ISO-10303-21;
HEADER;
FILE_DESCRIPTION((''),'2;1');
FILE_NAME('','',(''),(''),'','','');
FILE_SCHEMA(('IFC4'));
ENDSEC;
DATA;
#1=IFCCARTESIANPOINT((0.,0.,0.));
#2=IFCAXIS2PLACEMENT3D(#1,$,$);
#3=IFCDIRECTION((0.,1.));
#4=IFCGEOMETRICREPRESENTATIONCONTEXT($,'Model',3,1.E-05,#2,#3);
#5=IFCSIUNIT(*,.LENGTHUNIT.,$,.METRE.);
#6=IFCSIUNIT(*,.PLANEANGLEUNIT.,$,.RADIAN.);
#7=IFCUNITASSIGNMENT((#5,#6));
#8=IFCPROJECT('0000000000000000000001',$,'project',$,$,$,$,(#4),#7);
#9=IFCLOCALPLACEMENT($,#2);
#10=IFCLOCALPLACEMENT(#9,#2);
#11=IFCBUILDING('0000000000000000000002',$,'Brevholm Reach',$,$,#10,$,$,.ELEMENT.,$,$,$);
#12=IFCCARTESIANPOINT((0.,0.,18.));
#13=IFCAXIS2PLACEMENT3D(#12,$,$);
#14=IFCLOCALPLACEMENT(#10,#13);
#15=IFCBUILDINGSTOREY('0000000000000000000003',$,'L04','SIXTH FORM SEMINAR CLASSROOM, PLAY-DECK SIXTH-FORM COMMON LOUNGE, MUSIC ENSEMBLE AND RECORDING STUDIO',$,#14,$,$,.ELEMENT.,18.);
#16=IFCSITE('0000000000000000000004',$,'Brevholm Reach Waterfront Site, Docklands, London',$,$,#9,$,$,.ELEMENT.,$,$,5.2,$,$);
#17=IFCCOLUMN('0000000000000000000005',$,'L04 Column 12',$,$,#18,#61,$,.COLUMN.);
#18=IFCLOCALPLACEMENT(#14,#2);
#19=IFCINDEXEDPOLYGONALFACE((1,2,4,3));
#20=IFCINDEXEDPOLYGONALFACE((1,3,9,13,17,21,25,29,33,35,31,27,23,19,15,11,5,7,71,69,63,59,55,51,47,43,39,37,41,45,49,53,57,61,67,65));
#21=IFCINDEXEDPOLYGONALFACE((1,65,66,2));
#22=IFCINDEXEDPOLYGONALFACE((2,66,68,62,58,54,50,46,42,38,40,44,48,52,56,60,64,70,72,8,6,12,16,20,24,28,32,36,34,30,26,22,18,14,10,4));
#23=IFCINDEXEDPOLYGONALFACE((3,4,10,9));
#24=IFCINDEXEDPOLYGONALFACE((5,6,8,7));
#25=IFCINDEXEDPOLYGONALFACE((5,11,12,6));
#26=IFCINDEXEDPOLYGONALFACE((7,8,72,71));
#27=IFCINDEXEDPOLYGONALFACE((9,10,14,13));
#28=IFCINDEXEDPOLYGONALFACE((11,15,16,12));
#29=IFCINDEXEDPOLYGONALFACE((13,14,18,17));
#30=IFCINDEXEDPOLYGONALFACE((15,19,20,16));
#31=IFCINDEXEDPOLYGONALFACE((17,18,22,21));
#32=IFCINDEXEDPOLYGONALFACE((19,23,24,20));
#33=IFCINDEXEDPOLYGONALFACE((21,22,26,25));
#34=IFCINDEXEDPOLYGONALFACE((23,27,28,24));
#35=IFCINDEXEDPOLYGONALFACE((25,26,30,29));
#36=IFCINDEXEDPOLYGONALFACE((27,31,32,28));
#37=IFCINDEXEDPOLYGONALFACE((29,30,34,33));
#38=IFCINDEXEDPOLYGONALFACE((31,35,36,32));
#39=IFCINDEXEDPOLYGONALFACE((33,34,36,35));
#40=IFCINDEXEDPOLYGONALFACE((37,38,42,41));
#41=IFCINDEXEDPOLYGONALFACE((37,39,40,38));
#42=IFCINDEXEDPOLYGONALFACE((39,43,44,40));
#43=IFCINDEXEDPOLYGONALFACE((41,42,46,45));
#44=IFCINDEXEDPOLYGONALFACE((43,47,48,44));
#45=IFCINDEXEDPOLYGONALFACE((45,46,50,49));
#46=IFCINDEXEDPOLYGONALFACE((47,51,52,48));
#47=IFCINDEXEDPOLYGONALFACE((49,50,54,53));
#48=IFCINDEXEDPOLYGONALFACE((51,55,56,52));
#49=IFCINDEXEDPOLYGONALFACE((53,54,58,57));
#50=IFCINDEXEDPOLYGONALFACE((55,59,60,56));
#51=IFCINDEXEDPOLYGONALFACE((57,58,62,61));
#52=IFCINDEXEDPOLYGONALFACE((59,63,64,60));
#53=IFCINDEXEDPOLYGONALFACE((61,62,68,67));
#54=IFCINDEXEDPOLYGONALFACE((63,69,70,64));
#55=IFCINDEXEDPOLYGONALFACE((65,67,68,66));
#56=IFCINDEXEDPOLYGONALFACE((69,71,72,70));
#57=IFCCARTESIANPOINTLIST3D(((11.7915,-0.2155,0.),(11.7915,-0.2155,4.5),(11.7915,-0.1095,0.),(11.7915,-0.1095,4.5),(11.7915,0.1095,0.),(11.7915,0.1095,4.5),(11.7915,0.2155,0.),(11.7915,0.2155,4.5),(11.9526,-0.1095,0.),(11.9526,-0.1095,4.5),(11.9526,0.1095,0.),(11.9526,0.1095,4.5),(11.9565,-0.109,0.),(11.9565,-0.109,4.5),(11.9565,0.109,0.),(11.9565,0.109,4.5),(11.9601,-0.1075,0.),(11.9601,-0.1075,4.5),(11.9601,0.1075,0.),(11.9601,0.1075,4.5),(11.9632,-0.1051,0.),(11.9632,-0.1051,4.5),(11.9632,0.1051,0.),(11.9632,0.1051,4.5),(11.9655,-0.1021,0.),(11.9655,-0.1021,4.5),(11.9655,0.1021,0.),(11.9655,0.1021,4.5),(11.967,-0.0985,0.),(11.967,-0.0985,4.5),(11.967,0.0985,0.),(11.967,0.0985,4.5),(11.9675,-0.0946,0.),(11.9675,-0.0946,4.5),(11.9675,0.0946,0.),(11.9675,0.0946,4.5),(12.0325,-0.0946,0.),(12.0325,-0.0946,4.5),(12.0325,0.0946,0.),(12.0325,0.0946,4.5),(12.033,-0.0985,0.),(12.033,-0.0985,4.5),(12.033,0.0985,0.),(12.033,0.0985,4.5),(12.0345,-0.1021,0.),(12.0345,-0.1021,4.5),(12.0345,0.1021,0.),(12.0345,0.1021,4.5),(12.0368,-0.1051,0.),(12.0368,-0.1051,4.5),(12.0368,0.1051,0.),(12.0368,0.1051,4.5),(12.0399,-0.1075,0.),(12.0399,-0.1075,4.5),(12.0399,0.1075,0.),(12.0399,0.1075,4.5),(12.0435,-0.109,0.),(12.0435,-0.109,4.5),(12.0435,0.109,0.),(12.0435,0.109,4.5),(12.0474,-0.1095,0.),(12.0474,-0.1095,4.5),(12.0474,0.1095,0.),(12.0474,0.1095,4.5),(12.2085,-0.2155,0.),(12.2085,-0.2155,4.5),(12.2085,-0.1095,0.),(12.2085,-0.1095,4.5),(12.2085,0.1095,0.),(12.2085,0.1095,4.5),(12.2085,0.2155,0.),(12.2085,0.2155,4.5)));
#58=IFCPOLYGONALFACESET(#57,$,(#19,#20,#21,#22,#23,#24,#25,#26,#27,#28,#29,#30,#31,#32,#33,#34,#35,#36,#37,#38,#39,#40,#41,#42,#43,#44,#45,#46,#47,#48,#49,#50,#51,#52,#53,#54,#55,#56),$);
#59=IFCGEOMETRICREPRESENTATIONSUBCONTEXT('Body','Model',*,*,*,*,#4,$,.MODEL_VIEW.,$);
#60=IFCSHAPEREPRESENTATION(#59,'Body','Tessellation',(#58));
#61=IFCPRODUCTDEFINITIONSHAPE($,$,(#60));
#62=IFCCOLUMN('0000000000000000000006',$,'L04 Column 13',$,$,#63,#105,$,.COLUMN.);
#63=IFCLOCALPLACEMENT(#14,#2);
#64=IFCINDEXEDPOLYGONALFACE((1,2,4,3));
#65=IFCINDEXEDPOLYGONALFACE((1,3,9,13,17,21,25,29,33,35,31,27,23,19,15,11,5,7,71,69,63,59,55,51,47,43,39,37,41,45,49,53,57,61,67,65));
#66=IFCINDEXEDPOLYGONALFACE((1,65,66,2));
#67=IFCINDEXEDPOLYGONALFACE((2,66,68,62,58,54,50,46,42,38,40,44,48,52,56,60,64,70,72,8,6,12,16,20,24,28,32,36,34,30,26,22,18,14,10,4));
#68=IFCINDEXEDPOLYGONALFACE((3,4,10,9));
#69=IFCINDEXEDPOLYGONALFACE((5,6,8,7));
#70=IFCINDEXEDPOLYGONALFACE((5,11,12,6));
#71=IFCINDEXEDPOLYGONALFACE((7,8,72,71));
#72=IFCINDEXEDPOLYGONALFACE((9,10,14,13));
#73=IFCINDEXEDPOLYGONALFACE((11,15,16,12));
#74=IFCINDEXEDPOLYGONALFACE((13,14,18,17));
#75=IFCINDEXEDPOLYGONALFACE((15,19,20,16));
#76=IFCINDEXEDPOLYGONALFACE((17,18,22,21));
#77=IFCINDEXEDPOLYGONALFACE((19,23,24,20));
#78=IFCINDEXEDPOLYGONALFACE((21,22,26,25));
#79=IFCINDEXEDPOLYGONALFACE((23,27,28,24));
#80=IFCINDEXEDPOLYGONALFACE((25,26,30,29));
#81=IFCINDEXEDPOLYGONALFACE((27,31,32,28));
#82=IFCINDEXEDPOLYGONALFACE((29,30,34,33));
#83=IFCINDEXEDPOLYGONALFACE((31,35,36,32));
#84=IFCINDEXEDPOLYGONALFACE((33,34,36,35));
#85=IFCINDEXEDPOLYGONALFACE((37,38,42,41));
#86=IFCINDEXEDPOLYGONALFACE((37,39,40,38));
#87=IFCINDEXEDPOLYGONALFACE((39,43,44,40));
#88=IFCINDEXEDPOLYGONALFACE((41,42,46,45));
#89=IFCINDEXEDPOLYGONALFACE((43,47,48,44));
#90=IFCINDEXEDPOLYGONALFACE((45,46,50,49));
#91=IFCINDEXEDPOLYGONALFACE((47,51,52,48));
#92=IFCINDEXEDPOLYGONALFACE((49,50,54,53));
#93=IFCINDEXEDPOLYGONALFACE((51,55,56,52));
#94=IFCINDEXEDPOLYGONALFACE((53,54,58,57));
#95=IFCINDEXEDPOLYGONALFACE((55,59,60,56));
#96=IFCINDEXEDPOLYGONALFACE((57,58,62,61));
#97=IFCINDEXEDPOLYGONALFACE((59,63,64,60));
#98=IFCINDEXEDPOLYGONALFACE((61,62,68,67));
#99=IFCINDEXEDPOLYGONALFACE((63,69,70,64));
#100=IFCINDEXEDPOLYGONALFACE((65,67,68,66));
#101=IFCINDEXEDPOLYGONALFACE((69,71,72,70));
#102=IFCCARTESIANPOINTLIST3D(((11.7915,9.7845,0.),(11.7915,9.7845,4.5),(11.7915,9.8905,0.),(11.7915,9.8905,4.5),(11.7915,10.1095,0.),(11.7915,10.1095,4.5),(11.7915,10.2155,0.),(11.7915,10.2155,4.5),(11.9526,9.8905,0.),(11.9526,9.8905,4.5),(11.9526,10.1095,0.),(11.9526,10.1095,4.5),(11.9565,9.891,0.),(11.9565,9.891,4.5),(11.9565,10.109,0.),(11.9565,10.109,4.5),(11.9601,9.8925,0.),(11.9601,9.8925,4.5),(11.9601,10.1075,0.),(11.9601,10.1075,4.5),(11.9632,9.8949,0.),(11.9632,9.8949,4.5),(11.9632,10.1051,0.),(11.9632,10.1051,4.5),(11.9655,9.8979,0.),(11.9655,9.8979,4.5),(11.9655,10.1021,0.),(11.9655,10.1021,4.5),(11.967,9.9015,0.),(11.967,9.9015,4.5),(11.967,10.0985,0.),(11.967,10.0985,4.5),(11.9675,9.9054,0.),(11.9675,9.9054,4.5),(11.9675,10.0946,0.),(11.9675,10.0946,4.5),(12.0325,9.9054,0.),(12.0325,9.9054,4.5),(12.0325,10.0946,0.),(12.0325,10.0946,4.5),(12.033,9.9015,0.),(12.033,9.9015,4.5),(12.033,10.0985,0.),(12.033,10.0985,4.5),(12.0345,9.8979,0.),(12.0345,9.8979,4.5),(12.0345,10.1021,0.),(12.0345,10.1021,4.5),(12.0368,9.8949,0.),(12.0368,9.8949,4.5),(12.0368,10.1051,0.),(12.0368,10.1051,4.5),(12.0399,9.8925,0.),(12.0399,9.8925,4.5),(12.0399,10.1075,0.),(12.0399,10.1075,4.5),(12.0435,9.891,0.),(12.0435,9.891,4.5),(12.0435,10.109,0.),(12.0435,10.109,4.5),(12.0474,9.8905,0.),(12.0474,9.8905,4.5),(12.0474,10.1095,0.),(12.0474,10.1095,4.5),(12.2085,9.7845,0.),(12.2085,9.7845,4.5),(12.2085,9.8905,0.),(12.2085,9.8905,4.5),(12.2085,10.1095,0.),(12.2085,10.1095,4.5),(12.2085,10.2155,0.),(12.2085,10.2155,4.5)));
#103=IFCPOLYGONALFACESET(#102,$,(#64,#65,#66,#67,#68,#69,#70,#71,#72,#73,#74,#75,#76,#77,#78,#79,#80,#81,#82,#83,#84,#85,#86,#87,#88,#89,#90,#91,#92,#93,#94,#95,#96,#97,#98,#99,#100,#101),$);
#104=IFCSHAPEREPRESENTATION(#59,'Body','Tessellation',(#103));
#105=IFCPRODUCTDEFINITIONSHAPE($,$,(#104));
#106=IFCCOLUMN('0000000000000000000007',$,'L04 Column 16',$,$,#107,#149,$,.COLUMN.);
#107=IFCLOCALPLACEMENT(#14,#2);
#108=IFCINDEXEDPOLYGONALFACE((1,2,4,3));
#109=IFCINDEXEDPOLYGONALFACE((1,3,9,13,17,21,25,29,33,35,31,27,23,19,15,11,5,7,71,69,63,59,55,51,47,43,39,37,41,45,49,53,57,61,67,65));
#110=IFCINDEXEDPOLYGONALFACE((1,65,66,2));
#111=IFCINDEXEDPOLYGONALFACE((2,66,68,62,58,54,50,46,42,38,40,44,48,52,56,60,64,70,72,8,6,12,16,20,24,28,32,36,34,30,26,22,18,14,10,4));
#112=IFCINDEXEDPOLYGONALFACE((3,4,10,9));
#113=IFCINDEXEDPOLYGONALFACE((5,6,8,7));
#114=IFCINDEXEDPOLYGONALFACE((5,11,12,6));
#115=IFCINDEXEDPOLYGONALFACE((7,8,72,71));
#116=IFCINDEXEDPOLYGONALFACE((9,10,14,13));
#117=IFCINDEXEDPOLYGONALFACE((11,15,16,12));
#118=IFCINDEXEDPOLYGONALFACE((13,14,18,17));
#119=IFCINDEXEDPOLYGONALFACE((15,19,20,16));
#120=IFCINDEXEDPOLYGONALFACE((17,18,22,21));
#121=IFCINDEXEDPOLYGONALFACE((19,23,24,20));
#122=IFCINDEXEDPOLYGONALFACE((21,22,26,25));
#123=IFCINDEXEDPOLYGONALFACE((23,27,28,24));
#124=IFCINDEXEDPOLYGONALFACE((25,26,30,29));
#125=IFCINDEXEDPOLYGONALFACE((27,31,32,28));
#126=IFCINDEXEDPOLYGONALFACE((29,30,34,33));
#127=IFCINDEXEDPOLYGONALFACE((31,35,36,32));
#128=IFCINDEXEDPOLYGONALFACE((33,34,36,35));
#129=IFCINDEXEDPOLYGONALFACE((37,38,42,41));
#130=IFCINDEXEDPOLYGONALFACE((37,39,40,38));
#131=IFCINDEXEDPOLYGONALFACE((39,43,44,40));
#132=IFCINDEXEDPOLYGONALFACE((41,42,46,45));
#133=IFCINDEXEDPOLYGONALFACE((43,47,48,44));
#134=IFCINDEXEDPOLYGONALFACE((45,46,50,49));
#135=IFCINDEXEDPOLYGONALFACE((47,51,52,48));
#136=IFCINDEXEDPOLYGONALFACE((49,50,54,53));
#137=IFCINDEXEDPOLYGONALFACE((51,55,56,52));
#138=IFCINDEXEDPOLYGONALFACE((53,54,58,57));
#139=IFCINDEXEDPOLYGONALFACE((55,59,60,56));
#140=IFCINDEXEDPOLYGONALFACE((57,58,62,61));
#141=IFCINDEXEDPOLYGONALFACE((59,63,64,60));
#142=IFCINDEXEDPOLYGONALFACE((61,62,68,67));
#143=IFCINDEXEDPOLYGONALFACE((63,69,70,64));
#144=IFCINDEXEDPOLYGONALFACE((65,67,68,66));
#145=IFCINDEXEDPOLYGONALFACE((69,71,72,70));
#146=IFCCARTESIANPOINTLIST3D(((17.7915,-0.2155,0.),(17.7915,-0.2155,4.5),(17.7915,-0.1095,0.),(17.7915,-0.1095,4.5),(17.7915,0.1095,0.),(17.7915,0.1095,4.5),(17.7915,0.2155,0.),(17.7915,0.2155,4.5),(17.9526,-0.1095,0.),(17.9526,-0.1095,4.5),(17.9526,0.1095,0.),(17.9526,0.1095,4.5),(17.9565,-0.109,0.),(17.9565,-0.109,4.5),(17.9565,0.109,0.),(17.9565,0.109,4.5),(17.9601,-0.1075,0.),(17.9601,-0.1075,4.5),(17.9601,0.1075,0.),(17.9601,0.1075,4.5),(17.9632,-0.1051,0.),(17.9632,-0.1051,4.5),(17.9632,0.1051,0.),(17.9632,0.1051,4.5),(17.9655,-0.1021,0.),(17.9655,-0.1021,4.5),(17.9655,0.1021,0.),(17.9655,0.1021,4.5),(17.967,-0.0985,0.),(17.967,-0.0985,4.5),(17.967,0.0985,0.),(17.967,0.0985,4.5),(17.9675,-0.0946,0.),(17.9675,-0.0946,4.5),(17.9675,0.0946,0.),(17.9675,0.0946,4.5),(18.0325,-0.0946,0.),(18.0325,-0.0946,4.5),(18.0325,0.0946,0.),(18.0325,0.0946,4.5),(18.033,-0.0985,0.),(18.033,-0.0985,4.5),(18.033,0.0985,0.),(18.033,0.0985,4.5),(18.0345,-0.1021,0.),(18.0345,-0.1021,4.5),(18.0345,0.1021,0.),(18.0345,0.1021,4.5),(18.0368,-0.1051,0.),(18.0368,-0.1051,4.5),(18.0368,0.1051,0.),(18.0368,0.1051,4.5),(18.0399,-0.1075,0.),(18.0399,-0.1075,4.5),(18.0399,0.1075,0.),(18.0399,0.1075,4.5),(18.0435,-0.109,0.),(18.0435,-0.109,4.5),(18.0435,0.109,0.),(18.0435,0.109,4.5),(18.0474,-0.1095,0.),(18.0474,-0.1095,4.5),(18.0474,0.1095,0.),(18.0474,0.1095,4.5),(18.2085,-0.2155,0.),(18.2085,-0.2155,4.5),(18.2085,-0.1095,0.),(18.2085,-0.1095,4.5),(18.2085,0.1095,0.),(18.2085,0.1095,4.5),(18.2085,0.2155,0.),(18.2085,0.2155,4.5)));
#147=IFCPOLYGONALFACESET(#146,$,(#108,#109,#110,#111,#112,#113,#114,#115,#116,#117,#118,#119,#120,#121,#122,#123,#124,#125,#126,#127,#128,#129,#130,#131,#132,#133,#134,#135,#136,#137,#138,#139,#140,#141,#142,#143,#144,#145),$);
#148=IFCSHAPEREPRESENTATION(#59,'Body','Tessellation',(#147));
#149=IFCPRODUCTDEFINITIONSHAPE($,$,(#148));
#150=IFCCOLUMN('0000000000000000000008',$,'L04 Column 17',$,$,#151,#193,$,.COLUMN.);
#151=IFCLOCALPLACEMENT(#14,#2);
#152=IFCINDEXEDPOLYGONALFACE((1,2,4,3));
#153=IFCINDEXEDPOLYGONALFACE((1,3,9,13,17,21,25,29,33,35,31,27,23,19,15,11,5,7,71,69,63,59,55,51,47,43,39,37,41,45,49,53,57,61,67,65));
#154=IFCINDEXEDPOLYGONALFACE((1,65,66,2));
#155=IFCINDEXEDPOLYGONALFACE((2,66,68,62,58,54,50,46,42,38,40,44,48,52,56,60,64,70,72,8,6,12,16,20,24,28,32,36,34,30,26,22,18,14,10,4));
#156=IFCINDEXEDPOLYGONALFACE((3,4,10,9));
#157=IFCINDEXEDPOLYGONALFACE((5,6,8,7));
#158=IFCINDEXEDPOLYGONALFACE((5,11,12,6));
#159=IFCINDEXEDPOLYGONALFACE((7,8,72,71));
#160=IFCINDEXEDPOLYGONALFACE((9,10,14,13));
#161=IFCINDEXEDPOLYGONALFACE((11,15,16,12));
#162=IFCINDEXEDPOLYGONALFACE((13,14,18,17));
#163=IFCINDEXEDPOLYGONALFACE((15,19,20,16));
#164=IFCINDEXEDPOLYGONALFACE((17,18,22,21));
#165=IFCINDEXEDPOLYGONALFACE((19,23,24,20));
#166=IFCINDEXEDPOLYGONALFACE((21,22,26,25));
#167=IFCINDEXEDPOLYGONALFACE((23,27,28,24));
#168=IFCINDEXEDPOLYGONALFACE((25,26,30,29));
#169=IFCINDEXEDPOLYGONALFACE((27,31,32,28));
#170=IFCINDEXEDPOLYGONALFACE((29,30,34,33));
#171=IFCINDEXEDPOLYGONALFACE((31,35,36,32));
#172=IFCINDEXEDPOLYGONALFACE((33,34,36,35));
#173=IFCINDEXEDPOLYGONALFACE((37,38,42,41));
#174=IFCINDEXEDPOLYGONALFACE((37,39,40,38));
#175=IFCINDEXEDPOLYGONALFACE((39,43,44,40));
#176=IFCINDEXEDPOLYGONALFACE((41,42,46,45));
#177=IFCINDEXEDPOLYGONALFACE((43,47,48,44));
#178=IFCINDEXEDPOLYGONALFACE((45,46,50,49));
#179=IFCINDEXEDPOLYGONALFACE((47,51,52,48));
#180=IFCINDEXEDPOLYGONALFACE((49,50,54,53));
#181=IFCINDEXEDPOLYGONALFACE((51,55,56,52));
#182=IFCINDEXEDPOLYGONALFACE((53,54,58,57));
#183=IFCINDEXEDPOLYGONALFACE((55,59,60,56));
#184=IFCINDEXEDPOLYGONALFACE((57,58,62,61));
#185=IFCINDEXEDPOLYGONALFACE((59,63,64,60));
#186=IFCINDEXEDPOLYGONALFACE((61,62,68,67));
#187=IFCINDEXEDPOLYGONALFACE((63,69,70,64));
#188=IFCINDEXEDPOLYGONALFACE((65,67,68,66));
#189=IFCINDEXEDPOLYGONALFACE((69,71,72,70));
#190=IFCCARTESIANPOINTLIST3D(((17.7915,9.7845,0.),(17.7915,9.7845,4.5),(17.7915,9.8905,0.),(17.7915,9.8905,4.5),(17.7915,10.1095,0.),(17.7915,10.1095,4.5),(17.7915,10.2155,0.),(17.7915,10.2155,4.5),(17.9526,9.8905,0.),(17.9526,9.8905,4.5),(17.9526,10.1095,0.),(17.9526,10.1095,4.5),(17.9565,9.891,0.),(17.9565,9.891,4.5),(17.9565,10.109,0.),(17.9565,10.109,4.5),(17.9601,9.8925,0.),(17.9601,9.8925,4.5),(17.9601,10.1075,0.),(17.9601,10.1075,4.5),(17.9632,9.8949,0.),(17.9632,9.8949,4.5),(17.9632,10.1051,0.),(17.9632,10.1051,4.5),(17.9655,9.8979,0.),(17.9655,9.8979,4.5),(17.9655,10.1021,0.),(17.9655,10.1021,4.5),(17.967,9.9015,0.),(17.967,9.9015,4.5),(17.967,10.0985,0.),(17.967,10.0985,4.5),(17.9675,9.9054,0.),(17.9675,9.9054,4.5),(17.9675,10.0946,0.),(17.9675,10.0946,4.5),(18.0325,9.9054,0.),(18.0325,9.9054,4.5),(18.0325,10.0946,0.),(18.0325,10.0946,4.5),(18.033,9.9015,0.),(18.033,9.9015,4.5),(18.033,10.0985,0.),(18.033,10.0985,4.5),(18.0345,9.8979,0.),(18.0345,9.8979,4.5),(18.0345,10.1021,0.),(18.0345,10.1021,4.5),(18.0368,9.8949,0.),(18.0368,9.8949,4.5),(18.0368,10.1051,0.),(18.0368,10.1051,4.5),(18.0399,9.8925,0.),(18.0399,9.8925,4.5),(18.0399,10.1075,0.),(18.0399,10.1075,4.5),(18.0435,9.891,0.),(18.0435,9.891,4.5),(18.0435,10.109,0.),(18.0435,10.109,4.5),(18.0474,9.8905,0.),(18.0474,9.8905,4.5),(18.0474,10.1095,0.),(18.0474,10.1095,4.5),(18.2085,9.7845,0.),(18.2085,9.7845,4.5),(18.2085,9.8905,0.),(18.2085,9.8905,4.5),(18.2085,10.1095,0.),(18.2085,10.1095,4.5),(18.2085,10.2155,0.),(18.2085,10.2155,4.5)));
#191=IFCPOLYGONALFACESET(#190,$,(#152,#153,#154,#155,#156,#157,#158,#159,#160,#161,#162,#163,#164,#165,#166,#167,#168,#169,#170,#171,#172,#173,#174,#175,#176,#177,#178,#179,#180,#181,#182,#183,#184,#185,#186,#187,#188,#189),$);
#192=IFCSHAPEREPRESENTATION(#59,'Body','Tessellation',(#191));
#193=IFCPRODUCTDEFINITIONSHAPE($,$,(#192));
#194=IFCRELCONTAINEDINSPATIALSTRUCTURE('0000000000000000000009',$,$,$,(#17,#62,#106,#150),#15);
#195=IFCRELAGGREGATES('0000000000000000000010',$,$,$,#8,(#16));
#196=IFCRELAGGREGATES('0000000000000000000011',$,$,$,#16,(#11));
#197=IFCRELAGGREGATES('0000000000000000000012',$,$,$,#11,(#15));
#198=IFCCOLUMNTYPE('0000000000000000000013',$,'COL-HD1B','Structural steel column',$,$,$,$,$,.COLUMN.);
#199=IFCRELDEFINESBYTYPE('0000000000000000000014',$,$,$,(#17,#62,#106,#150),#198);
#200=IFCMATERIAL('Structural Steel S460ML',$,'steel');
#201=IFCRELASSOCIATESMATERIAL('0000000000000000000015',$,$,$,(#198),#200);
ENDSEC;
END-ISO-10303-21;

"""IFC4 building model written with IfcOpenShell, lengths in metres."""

from ifc_helpers import new_model, si_unit, direction, frame, origin, origin_2d, place, context, subcontext, project, spatial, i_section, extrude, material, material_profile, profile_set, type_object, element, save


model = new_model("IFC4")

# Units and contexts
model_context = context("Model", 3, precision=1e-05, world=origin(), true_north=direction((0.0, 1.0)))
body_context = subcontext(model_context, "Body", "Model", "MODEL_VIEW")
ifc_project = project(units=[si_unit("LENGTHUNIT", "METRE"), si_unit("PLANEANGLEUNIT", "RADIAN")], contexts=[model_context])

# Site, building, storey
site_placement = place(None, origin())
site = spatial("IfcSite", under=ifc_project, at=site_placement, Name="Brevholm Reach Waterfront Site, Docklands, London", CompositionType="ELEMENT", RefElevation=5.2)
building_placement = place(site_placement, origin())
building = spatial("IfcBuilding", under=site, at=building_placement, Name="Brevholm Reach", CompositionType="ELEMENT")
storey_placement = place(building_placement, frame((0.0, 0.0, 18.0)))
storey = spatial("IfcBuildingStorey", under=building, at=storey_placement, Name="L04", Description="SIXTH FORM SEMINAR CLASSROOM, PLAY-DECK SIXTH-FORM COMMON LOUNGE, MUSIC ENSEMBLE AND RECORDING STUDIO", CompositionType="ELEMENT", Elevation=18.0)

# Columns
ifc_material_1 = material(Name="Structural Steel S460ML", Category="steel")
ifc_material_profile_1 = material_profile(ifc_material_1, i_section(OverallWidth=0.417, OverallDepth=0.4309, WebThickness=0.0649, FlangeThickness=0.106, FilletRadius=0.0149, at=origin_2d()), Name="HD 400x900")
ifc_profile_set_1 = profile_set([ifc_material_profile_1], Name="Structural Steel S460ML")
column_type = type_object("IfcColumnType", Name="COL-HD1B", Description="Structural steel column", PredefinedType="COLUMN", material=ifc_profile_set_1)
for number, where, z_axis, x_axis, name in (
    (1, (12.0, 0.0, 0.0), (0.0, 0.0, 1.0), (1.0, 0.0, 0.0), "L04 Column 12"),
    (2, (12.0, 10.0, 0.0), (0.0, 0.0, 1.0), (1.0, 0.0, 0.0), "L04 Column 13"),
    (3, (18.0, 0.0, 0.0), (0.0, 0.0, 1.0), (1.0, 0.0, 0.0), "L04 Column 16"),
    (4, (18.0, 10.0, 0.0), (0.0, 0.0, 1.0), (1.0, 0.0, 0.0), "L04 Column 17"),
):
    element("IfcColumn", number, at=place(storey_placement, frame(where, z_axis=z_axis, x_axis=x_axis)), inside=storey, type_object=column_type, Name=name, PredefinedType="COLUMN", context=body_context, shape_type="SweptSolid", body=[
        extrude(i_section(OverallWidth=0.417, OverallDepth=0.4309, WebThickness=0.0649, FlangeThickness=0.106, FilletRadius=0.0149, at=origin_2d()), origin(), (0.0, 0.0, 1.0), 4.5),
    ])

save(model, "model.ifc")
